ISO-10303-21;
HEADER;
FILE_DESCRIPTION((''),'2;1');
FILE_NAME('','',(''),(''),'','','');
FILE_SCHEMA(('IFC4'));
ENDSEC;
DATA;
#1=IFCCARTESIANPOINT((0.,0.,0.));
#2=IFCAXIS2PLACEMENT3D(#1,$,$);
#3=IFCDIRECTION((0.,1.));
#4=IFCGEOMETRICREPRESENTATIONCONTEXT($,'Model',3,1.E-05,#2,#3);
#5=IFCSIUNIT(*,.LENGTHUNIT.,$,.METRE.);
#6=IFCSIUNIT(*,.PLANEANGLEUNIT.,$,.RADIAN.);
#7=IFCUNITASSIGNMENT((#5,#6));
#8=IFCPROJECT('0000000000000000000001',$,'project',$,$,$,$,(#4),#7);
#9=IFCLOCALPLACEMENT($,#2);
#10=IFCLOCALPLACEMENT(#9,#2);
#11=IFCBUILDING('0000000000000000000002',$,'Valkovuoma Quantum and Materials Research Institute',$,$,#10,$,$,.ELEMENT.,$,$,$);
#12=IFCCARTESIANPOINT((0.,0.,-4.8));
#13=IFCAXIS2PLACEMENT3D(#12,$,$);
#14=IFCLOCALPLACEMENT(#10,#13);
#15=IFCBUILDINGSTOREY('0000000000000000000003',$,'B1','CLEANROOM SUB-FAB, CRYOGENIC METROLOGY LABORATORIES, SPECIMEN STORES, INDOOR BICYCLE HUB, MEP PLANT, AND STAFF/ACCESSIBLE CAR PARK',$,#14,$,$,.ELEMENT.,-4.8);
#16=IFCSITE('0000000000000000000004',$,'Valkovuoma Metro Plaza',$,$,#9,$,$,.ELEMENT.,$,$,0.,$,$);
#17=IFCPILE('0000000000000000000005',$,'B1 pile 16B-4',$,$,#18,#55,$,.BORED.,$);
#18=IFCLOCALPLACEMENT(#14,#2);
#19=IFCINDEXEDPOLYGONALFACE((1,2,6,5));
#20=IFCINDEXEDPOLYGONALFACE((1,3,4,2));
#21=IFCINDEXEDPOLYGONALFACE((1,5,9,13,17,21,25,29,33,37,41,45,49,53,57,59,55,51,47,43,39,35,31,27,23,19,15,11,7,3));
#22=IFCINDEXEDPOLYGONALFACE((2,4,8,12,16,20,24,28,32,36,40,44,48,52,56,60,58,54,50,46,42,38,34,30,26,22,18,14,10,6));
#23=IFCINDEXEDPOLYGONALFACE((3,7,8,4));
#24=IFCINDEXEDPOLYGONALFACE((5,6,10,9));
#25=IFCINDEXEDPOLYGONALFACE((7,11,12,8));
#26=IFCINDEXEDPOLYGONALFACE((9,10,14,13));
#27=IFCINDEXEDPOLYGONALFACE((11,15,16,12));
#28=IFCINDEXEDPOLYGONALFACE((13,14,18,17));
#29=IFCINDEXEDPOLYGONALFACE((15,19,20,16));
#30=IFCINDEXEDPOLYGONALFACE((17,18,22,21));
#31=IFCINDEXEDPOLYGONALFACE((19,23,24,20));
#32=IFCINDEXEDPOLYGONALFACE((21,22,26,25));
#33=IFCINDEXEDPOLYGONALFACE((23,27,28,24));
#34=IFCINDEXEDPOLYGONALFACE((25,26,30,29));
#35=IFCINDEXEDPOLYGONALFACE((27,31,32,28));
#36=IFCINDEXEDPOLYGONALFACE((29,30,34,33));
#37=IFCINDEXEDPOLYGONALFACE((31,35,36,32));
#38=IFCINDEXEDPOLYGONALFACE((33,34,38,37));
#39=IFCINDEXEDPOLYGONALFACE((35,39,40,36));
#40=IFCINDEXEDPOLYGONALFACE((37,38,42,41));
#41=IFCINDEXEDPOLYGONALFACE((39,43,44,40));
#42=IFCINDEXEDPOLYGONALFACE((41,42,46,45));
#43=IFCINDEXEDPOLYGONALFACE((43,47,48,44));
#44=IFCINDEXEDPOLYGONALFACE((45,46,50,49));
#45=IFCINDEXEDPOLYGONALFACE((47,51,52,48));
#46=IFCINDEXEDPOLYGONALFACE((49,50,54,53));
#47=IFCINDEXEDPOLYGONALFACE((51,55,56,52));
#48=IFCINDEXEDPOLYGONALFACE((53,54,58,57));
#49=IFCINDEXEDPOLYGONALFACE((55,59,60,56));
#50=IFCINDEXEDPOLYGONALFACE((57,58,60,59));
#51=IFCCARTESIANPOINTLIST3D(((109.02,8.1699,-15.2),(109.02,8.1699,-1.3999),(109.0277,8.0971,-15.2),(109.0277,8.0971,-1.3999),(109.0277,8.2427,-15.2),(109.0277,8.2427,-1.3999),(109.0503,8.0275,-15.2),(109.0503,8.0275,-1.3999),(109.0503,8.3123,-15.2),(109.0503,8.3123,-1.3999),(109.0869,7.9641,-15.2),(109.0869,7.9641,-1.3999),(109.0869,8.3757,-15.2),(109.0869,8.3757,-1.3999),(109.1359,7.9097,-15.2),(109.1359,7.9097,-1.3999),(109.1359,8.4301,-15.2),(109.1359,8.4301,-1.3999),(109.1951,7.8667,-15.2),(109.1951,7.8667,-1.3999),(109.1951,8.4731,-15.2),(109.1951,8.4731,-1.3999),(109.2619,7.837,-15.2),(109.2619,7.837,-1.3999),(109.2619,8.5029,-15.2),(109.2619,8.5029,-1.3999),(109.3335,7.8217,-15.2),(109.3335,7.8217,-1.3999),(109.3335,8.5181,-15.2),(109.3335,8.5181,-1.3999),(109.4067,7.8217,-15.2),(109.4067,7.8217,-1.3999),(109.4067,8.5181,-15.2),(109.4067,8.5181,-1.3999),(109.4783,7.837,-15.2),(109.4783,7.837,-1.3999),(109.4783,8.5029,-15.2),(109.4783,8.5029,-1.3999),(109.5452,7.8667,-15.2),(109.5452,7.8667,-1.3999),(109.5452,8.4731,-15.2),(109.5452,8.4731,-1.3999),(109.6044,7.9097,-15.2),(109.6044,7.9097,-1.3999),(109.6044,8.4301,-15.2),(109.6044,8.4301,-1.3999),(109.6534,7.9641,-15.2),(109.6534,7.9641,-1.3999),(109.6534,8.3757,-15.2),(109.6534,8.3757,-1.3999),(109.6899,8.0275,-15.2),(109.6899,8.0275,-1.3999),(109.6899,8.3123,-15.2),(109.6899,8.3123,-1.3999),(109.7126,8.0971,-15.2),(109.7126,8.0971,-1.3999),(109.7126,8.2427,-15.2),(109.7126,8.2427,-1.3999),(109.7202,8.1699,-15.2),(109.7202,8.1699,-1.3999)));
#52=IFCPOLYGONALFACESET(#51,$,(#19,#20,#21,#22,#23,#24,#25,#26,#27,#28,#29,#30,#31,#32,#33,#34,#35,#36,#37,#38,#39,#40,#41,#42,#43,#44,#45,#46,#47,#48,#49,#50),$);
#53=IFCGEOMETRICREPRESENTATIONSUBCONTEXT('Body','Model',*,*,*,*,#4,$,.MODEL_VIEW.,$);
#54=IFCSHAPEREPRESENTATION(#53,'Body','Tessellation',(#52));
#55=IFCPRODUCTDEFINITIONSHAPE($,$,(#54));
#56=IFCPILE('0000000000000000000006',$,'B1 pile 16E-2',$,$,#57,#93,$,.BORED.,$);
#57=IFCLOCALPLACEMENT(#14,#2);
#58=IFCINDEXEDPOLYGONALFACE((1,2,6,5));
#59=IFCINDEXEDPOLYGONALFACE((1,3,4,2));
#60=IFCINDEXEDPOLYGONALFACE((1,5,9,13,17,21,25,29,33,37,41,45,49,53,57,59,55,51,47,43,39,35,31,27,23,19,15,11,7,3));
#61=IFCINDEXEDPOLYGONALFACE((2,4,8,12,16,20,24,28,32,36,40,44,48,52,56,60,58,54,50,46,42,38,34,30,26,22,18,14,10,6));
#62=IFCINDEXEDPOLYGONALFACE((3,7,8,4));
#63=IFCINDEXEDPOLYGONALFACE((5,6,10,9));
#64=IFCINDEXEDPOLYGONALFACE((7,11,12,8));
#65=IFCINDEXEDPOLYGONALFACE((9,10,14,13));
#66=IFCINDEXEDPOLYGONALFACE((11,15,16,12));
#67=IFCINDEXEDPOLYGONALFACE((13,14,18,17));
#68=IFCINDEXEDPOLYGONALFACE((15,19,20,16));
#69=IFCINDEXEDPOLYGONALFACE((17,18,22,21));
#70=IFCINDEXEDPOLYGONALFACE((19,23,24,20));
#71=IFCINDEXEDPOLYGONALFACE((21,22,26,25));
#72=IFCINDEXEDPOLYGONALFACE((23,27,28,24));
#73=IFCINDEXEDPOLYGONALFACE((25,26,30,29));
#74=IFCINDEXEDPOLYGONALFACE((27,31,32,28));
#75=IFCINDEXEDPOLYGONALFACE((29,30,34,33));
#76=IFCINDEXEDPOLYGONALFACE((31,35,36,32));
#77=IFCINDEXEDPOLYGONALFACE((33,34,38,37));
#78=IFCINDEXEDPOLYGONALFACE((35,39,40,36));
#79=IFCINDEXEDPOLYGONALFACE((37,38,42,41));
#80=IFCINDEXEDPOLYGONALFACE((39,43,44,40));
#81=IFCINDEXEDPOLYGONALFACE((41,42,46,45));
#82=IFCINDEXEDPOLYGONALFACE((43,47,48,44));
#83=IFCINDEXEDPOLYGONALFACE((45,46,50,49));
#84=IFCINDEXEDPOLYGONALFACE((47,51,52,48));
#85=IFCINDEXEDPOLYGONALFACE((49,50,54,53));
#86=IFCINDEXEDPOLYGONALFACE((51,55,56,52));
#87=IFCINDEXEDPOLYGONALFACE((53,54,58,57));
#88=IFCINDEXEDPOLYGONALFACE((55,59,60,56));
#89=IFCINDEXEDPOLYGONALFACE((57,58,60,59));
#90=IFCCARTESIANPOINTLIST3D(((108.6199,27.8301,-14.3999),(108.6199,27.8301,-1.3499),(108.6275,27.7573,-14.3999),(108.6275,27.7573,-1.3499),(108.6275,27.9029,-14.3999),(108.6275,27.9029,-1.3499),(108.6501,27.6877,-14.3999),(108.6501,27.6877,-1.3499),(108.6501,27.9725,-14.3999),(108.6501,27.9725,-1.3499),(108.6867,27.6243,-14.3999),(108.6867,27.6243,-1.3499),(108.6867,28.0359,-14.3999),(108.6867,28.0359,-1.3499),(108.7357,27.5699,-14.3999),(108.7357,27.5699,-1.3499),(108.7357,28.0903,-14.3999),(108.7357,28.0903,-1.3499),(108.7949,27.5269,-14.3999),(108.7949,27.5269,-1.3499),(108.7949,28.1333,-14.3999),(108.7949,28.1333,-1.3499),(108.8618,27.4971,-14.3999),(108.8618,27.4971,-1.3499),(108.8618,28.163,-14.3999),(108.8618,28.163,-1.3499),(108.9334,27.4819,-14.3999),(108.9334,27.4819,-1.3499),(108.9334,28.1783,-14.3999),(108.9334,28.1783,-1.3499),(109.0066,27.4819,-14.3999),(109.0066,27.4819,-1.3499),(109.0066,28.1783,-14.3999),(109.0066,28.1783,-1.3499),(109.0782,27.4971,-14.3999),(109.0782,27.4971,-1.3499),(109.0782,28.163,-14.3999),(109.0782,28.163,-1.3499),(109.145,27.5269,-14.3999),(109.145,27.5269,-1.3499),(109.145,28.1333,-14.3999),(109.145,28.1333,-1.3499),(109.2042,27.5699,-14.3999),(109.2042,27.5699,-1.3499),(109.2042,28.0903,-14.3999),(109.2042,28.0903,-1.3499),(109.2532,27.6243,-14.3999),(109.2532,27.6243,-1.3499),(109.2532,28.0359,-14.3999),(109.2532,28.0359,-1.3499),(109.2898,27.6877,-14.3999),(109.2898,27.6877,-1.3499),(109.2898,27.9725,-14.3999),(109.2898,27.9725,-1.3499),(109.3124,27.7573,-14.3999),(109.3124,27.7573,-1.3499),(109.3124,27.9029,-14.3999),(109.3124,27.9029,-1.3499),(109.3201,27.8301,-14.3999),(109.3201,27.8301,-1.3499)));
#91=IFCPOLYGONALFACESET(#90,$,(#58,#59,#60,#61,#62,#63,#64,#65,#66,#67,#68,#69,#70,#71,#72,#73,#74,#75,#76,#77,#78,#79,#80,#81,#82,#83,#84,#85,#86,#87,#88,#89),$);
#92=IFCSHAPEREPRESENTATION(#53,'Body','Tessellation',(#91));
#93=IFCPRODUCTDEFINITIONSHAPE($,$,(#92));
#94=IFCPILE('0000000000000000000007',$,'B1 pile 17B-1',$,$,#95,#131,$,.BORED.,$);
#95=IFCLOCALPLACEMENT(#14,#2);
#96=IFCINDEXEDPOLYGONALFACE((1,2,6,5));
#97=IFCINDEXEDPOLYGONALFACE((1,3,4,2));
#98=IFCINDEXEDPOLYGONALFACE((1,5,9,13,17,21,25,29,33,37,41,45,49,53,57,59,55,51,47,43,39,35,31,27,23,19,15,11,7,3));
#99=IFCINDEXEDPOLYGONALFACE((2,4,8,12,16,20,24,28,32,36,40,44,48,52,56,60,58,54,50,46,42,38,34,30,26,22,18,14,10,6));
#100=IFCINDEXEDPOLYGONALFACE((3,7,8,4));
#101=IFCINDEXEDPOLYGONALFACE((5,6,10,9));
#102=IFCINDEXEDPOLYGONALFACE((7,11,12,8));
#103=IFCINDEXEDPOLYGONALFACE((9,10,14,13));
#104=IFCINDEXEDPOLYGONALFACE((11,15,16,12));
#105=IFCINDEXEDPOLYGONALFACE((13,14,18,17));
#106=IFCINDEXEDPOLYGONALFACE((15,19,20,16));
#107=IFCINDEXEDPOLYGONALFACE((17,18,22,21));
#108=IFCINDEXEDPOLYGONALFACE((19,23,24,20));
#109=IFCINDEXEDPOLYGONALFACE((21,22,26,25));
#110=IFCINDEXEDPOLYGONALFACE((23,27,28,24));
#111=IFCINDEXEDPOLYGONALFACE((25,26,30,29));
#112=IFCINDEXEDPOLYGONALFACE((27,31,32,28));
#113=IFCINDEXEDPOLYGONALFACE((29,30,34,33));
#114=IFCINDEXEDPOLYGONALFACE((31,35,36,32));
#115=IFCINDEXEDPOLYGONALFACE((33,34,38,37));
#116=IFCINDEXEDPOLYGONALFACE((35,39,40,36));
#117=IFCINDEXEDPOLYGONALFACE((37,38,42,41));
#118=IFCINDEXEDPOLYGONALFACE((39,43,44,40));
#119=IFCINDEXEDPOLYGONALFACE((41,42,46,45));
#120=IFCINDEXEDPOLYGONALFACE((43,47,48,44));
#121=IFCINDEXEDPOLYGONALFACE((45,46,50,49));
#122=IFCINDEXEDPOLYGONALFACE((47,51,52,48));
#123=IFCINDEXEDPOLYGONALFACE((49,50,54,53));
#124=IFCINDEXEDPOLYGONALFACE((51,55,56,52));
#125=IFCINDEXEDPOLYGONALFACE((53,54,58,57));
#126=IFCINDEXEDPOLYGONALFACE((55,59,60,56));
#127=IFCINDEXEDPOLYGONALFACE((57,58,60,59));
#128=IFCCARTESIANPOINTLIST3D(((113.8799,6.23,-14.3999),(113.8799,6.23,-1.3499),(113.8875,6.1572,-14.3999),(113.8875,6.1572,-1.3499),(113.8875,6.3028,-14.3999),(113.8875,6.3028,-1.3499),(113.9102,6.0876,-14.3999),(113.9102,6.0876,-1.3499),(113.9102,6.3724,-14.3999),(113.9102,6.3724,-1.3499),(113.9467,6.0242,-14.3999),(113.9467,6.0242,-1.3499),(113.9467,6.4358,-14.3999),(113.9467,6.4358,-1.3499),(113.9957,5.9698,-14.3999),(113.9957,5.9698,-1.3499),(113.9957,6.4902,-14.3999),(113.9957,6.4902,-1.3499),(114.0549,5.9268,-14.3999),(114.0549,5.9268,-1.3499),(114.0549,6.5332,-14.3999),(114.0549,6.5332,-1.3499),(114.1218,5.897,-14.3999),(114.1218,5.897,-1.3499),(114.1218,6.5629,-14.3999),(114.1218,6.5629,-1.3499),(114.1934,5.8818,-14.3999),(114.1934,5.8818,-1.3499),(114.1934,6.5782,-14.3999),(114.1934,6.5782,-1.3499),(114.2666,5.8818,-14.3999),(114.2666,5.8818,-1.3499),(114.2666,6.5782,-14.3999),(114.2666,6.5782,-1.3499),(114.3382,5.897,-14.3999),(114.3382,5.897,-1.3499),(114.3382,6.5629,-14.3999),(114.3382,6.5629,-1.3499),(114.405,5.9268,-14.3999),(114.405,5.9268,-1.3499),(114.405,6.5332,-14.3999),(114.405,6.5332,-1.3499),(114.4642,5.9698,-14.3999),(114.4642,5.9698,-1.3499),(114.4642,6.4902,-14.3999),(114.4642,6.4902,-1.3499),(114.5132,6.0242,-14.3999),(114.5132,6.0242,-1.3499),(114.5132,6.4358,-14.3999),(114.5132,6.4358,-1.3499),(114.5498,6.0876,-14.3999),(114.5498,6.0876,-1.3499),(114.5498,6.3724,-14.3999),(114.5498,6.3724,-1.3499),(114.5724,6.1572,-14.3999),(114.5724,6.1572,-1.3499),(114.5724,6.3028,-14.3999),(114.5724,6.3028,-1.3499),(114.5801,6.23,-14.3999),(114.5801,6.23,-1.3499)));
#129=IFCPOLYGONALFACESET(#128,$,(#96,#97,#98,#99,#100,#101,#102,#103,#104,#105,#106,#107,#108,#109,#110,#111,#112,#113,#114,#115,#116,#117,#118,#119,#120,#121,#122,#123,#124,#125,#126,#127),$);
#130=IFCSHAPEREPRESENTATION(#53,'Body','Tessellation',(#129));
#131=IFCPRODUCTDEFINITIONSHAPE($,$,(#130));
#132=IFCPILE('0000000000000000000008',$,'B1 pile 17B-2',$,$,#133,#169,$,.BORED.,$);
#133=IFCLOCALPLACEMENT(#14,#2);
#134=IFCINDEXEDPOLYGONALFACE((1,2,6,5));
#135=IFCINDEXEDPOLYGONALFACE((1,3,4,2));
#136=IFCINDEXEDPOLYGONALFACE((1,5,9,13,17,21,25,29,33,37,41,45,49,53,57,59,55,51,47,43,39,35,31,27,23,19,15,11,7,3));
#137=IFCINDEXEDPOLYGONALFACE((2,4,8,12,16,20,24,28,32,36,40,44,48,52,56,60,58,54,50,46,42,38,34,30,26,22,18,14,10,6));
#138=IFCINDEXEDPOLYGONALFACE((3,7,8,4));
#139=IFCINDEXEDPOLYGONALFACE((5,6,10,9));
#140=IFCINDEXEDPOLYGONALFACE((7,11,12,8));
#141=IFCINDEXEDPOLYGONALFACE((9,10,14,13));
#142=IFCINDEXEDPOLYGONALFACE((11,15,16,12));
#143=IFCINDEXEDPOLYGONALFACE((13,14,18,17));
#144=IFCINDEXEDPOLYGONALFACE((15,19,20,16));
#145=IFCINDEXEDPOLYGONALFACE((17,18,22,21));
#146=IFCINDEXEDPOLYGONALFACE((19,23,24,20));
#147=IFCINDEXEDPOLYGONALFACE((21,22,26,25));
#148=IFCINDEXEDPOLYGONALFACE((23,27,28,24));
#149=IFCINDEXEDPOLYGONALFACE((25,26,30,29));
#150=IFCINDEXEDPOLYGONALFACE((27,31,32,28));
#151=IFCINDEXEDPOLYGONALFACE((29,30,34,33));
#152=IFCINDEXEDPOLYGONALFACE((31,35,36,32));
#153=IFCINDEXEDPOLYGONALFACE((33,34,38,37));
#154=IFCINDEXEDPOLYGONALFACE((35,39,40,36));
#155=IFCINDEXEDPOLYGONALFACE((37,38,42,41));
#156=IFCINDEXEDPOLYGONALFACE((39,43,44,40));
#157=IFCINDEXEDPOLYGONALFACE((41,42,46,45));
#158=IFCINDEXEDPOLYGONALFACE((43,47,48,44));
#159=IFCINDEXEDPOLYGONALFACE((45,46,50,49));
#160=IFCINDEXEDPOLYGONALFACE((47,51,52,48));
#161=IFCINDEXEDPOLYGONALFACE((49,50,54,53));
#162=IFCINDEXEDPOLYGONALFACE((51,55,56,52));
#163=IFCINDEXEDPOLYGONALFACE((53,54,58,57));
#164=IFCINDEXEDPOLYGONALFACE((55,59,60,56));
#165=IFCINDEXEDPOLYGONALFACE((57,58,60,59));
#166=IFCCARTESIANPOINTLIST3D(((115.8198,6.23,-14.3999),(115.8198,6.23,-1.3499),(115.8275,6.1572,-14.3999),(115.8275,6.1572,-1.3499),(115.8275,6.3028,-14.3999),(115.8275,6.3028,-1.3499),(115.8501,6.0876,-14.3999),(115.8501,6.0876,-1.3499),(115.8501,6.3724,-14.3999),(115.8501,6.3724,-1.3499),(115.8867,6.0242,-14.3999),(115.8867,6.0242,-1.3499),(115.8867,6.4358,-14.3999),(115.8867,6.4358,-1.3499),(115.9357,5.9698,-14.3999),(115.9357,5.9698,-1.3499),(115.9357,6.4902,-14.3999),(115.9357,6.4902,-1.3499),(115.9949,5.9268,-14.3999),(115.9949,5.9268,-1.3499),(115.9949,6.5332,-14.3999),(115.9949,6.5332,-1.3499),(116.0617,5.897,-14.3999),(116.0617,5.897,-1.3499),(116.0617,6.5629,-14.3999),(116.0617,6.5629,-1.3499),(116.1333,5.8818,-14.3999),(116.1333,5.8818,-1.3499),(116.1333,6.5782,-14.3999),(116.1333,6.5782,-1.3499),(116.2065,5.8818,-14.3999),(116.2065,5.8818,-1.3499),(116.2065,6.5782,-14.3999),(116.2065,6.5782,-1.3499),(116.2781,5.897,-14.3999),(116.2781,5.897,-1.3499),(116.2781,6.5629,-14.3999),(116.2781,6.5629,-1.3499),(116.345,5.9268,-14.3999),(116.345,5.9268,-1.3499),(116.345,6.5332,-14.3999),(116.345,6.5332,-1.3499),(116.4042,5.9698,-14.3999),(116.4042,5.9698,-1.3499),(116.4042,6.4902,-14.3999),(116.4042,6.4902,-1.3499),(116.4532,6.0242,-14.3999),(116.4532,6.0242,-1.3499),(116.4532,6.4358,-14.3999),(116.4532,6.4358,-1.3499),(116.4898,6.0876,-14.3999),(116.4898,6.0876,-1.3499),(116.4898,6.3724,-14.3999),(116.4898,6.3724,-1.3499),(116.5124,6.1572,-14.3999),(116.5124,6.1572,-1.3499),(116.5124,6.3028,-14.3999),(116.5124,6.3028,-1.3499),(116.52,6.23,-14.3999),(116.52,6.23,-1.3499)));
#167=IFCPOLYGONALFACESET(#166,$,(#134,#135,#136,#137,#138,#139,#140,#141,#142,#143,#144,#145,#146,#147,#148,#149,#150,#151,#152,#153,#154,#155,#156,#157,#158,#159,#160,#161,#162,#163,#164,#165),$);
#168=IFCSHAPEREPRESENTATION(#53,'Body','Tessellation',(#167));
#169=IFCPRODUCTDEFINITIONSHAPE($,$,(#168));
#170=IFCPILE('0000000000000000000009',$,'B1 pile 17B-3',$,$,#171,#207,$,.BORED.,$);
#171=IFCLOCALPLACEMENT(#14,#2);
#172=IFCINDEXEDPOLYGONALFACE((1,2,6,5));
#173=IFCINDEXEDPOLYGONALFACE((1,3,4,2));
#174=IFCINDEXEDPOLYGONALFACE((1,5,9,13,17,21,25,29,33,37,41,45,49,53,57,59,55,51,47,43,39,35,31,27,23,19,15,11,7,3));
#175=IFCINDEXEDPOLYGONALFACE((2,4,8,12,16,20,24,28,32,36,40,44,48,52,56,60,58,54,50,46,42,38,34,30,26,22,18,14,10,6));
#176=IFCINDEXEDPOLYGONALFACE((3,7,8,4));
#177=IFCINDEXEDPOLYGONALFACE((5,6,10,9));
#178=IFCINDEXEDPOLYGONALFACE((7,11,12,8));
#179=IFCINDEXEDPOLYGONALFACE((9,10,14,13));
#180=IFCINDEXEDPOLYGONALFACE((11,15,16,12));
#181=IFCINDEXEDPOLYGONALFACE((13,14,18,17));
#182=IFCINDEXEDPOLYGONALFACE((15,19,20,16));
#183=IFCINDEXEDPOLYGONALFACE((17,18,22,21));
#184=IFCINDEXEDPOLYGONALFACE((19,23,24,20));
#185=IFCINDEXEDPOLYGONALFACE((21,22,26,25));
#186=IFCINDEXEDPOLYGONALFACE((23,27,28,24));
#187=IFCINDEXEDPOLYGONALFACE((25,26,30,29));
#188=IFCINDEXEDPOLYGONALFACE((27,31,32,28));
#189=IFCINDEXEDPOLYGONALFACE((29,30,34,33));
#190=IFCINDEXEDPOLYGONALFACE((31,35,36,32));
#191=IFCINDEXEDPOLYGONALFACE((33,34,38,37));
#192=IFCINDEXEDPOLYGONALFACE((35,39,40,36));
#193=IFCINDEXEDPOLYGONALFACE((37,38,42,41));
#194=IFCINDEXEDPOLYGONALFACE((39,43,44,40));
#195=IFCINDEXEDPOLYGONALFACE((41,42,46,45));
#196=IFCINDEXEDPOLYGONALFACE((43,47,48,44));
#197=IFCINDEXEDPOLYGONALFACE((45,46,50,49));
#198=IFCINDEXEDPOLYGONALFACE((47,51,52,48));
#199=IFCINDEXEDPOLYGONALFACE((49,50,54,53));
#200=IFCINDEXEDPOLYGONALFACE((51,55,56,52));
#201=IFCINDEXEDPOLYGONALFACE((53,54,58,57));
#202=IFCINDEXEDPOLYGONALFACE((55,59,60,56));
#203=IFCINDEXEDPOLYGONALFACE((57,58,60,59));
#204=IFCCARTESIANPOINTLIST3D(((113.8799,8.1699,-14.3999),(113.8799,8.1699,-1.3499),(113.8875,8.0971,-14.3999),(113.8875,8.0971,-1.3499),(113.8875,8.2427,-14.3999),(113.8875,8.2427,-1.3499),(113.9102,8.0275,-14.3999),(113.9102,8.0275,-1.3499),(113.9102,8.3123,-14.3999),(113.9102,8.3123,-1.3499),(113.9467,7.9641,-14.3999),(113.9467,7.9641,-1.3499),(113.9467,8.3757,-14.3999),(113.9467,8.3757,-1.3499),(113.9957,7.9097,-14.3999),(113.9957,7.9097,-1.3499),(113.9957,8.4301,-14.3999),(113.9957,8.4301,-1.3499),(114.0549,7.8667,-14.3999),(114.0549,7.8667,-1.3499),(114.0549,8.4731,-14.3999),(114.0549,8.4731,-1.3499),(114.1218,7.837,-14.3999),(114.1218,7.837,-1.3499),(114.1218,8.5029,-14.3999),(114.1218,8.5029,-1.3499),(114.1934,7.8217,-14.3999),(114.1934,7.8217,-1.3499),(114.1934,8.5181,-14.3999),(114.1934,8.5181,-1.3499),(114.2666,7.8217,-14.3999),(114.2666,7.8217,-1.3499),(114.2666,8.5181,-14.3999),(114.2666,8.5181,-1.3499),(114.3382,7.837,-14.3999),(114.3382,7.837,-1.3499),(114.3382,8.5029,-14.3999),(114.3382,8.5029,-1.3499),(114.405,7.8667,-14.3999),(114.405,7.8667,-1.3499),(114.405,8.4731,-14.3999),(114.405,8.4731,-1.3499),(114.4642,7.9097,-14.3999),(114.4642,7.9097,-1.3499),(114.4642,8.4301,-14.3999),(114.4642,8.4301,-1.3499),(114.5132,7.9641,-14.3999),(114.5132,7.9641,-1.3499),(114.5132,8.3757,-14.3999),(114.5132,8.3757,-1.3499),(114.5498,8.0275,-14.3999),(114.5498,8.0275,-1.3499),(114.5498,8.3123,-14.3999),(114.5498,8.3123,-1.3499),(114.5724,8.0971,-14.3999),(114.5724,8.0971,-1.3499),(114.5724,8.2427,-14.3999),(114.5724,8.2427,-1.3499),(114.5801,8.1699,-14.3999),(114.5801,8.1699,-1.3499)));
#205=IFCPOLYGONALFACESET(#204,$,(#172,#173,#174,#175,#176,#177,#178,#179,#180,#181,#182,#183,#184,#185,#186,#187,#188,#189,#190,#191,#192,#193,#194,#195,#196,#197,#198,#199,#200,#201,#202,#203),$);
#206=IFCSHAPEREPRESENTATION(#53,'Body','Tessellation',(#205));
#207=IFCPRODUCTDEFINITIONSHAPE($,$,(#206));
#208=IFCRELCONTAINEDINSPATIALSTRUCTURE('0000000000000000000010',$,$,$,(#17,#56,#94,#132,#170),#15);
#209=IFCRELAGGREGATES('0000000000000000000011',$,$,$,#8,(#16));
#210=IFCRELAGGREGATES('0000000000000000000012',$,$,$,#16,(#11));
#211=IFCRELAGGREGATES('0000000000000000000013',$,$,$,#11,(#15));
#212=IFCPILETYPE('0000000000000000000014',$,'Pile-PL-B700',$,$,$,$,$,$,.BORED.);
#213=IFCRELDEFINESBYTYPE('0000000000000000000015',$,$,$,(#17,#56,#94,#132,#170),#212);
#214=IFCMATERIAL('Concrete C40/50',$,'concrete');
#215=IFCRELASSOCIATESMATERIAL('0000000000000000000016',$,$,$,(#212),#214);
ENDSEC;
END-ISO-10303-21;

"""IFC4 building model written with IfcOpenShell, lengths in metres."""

from ifc_helpers import new_model, si_unit, direction, frame, origin, origin_2d, place, context, subcontext, project, spatial, circle, extrude, material, material_profile, profile_set, type_object, element, save


model = new_model("IFC4")

# Units and contexts
model_context = context("Model", 3, precision=1e-05, world=origin(), true_north=direction((0.0, 1.0)))
body_context = subcontext(model_context, "Body", "Model", "MODEL_VIEW")
ifc_project = project(units=[si_unit("LENGTHUNIT", "METRE"), si_unit("PLANEANGLEUNIT", "RADIAN")], contexts=[model_context])

# Site, building, storey
site_placement = place(None, origin())
site = spatial("IfcSite", under=ifc_project, at=site_placement, Name="Valkovuoma Metro Plaza", CompositionType="ELEMENT", RefElevation=0.0)
building_placement = place(site_placement, origin())
building = spatial("IfcBuilding", under=site, at=building_placement, Name="Valkovuoma Quantum and Materials Research Institute", CompositionType="ELEMENT")
storey_placement = place(building_placement, frame((0.0, 0.0, -4.8)))
storey = spatial("IfcBuildingStorey", under=building, at=storey_placement, Name="B1", Description="CLEANROOM SUB-FAB, CRYOGENIC METROLOGY LABORATORIES, SPECIMEN STORES, INDOOR BICYCLE HUB, MEP PLANT, AND STAFF/ACCESSIBLE CAR PARK", CompositionType="ELEMENT", Elevation=-4.8)

# Piles
ifc_material_1 = material(Name="Concrete C40/50", Category="concrete")
ifc_material_profile_1 = material_profile(ifc_material_1, circle(Radius=0.3501, at=origin_2d()), Name="Concrete C40/50")
ifc_profile_set_1 = profile_set([ifc_material_profile_1], Name="Concrete C40/50")
pile_type_1 = type_object("IfcPileType", Name="Pile-PL-B700", PredefinedType="BORED", material=ifc_profile_set_1)
for number, where, z_axis, x_axis, name in (
    (1, (109.3701, 8.1699, -1.3999), (0.0, 0.0, -1.0), (1.0, 0.0, 0.0), "B1 pile 16B-4"),
):
    element("IfcPile", number, at=place(storey_placement, frame(where, z_axis=z_axis, x_axis=x_axis)), inside=storey, type_object=pile_type_1, Name=name, PredefinedType="BORED", context=body_context, shape_type="SweptSolid", body=[
        extrude(circle(Radius=0.3501, at=origin_2d()), origin(), (0.0, 0.0, 1.0), 13.8),
    ])
for number, where, z_axis, x_axis, name in (
    (2, (108.97, 27.8301, -1.3499), (0.0, 0.0, -1.0), (1.0, 0.0, 0.0), "B1 pile 16E-2"),
    (3, (114.23, 6.23, -1.3499), (0.0, 0.0, -1.0), (1.0, 0.0, 0.0), "B1 pile 17B-1"),
    (4, (116.1699, 6.23, -1.3499), (0.0, 0.0, -1.0), (1.0, 0.0, 0.0), "B1 pile 17B-2"),
    (5, (114.23, 8.1699, -1.3499), (0.0, 0.0, -1.0), (1.0, 0.0, 0.0), "B1 pile 17B-3"),
):
    element("IfcPile", number, at=place(storey_placement, frame(where, z_axis=z_axis, x_axis=x_axis)), inside=storey, type_object=pile_type_1, Name=name, PredefinedType="BORED", context=body_context, shape_type="SweptSolid", body=[
        extrude(circle(Radius=0.3501, at=origin_2d()), origin(), (0.0, 0.0, 1.0), 13.05),
    ])

save(model, "model.ifc")
